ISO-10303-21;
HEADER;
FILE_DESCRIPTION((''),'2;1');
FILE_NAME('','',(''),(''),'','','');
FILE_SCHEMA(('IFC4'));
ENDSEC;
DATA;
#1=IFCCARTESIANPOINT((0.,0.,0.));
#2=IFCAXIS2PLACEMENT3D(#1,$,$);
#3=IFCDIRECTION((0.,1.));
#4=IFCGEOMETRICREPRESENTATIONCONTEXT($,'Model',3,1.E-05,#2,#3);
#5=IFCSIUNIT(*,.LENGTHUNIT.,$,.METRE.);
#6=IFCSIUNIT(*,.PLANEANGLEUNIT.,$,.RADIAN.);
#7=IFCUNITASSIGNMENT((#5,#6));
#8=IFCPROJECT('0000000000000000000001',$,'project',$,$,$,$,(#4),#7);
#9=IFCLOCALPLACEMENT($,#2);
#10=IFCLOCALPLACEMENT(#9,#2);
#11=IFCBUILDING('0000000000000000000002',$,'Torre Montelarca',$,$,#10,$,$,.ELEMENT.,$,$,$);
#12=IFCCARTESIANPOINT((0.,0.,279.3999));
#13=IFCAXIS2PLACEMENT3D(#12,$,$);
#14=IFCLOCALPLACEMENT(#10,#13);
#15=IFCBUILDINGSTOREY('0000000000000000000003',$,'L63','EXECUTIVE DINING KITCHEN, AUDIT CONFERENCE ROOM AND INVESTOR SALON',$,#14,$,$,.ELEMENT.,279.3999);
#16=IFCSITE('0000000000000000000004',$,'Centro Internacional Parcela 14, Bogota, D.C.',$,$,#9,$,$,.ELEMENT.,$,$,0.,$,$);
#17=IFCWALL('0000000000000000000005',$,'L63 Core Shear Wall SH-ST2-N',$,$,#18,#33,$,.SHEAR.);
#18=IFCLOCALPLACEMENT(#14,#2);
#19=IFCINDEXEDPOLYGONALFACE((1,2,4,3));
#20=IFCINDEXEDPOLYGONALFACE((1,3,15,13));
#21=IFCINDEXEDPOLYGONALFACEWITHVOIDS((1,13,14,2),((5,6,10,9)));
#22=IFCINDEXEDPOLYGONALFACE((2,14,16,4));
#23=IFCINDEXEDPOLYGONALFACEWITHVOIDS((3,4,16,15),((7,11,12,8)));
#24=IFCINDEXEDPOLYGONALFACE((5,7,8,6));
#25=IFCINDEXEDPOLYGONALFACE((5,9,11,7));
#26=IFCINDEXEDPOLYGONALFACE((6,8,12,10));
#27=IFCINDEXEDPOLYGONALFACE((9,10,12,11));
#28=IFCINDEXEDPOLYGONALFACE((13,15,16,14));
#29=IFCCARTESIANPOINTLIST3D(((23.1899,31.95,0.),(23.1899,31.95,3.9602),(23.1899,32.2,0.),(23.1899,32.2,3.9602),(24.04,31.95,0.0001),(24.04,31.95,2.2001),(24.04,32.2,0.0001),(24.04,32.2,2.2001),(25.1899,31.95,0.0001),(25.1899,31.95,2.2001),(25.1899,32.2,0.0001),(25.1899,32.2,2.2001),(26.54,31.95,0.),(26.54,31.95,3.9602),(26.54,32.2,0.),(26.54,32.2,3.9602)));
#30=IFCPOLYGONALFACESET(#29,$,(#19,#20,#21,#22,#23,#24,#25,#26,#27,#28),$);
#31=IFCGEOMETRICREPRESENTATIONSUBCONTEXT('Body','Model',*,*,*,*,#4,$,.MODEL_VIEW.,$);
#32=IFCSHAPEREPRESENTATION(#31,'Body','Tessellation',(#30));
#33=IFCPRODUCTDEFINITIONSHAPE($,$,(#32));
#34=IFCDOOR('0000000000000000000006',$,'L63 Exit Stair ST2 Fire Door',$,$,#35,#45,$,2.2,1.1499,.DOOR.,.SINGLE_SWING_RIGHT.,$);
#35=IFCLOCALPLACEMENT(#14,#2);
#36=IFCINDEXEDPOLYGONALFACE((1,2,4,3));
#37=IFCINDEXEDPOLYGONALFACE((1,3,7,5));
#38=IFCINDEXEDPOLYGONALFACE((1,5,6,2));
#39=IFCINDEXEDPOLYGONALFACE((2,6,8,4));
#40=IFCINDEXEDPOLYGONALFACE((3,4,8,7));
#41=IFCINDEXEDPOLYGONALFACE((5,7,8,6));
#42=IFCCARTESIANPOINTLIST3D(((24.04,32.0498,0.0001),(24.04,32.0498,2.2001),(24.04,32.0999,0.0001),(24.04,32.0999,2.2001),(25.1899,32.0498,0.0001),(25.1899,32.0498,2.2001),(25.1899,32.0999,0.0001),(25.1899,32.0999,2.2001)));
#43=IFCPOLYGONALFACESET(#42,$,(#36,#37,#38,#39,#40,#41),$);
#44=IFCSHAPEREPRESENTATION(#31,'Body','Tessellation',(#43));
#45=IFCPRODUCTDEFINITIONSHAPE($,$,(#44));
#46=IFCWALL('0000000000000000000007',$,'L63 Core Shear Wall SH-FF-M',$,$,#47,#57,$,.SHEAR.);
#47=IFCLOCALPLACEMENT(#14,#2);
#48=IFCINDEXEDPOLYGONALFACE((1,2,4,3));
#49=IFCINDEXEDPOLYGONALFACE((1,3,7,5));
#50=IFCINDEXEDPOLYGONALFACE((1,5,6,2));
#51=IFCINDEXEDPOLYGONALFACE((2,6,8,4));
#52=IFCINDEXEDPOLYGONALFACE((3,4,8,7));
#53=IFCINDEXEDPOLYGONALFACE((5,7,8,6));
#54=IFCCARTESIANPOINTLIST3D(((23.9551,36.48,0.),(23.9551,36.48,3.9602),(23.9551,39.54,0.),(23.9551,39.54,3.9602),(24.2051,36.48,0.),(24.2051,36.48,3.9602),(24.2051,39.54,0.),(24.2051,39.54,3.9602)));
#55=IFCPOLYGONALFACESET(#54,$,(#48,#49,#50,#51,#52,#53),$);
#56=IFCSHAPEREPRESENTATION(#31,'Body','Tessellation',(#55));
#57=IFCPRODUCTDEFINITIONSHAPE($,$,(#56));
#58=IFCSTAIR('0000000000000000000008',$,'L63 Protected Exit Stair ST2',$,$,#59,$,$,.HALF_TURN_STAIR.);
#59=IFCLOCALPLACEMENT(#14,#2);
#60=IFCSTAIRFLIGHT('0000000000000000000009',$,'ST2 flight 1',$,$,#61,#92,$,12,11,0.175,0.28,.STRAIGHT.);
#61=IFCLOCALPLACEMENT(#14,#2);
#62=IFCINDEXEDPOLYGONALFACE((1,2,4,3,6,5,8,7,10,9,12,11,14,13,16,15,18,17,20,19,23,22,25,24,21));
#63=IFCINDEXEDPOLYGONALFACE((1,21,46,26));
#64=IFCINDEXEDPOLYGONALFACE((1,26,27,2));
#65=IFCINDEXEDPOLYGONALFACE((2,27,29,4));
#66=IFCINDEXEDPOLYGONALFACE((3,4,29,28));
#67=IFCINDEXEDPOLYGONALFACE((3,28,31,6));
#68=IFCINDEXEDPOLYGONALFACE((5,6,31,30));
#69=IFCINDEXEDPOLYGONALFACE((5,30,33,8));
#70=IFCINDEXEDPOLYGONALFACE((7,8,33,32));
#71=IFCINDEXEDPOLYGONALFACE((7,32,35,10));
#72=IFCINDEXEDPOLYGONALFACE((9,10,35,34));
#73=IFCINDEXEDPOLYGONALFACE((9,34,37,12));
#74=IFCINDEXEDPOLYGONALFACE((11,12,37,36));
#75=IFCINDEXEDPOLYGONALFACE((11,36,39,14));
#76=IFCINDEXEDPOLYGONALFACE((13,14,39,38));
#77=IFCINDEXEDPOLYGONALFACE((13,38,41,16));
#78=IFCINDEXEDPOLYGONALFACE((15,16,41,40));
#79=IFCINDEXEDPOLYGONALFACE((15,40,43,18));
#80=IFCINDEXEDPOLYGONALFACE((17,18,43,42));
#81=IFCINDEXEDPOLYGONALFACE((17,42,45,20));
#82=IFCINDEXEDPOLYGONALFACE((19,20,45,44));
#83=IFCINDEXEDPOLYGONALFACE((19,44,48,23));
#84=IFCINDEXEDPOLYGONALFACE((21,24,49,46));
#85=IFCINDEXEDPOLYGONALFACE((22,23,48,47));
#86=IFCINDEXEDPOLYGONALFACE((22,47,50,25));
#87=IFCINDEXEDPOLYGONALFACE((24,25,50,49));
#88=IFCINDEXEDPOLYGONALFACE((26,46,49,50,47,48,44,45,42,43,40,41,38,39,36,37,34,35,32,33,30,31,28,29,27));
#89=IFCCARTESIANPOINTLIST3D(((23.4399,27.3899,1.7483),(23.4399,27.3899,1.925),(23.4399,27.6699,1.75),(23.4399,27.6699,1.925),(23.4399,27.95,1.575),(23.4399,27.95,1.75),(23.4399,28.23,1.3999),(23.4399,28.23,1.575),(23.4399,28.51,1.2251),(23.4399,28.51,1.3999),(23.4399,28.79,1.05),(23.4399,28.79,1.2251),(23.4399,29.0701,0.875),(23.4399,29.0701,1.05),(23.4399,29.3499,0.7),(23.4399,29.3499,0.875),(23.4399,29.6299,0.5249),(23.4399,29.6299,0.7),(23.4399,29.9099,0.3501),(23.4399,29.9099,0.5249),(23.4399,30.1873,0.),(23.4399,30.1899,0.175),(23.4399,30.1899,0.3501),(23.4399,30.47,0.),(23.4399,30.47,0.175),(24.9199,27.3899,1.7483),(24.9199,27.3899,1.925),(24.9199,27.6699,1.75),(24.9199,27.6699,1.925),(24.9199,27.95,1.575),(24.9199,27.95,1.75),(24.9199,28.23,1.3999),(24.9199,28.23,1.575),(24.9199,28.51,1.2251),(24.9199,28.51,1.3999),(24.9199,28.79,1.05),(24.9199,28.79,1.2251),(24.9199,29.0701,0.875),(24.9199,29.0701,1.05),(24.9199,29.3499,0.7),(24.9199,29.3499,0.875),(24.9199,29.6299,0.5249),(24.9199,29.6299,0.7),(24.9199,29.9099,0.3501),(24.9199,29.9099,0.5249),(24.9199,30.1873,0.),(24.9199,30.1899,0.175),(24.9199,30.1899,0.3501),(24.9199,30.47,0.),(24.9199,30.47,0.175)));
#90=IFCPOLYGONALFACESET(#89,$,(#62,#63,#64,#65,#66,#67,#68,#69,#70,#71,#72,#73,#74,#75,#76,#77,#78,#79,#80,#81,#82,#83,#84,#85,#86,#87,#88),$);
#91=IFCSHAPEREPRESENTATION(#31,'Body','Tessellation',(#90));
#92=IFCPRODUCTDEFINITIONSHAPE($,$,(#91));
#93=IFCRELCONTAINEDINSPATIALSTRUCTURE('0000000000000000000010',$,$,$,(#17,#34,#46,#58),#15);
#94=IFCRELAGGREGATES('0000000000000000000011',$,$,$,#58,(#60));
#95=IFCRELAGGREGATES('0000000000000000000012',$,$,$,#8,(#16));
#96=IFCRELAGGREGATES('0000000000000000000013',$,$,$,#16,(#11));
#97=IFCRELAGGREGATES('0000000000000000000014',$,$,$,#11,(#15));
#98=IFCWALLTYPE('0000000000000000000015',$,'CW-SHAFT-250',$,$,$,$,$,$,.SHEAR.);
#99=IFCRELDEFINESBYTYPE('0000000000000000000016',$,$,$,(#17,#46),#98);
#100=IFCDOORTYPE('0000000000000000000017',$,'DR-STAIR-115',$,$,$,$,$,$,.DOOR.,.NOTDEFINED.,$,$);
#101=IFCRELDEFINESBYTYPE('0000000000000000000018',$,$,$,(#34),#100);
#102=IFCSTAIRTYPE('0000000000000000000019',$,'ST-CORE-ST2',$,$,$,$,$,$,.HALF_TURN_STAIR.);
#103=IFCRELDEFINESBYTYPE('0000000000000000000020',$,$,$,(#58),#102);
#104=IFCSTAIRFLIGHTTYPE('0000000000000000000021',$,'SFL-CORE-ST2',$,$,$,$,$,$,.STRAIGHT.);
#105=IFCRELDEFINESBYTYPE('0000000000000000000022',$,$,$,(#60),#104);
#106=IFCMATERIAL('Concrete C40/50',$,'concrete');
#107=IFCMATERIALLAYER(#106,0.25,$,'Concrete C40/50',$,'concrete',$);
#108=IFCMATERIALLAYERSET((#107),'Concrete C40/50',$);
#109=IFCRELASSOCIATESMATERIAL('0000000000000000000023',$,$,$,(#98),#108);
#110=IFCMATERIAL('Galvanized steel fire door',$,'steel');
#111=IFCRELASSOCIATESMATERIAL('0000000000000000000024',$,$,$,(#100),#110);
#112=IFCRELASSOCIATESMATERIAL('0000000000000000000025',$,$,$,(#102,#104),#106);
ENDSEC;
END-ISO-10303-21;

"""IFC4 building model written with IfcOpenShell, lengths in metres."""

from ifc_helpers import new_model, si_unit, direction, frame, frame_2d, origin, place, context, subcontext, project, spatial, polyline, rectangle, outline, extrude, source, transform, mapped, material, layer, layer_set, type_object, element, fill, aggregate, save


model = new_model("IFC4")

# Units and contexts
model_context = context("Model", 3, precision=1e-05, world=origin(), true_north=direction((0.0, 1.0)))
body_context = subcontext(model_context, "Body", "Model", "MODEL_VIEW")
ifc_project = project(units=[si_unit("LENGTHUNIT", "METRE"), si_unit("PLANEANGLEUNIT", "RADIAN")], contexts=[model_context])

# Site, building, storey
site_placement = place(None, origin())
site = spatial("IfcSite", under=ifc_project, at=site_placement, Name="Centro Internacional Parcela 14, Bogota, D.C.", CompositionType="ELEMENT", RefElevation=0.0)
building_placement = place(site_placement, origin())
building = spatial("IfcBuilding", under=site, at=building_placement, Name="Torre Montelarca", CompositionType="ELEMENT")
storey_placement = place(building_placement, frame((0.0, 0.0, 279.3999)))
storey = spatial("IfcBuildingStorey", under=building, at=storey_placement, Name="L63", Description="EXECUTIVE DINING KITCHEN, AUDIT CONFERENCE ROOM AND INVESTOR SALON", CompositionType="ELEMENT", Elevation=279.3999)

# Wall, opening, door
ifc_material_1 = material(Name="Concrete C40/50", Category="concrete")
ifc_layer_1 = layer(ifc_material_1, 0.25, Name="Concrete C40/50", Category="concrete")
ifc_layer_set_1 = layer_set([ifc_layer_1], Name="Concrete C40/50")
wall_type = type_object("IfcWallType", Name="CW-SHAFT-250", PredefinedType="SHEAR", material=ifc_layer_set_1)
wall_1_placement = place(storey_placement, frame((23.1899, 32.075, 0.0), z_axis=(0.0, 0.0, 1.0), x_axis=(1.0, 0.0, 0.0)))
wall_1 = element("IfcWall", 1, at=wall_1_placement, inside=storey, type_object=wall_type, Name="L63 Core Shear Wall SH-ST2-N", PredefinedType="SHEAR", context=body_context, shape_type="SweptSolid", body=[
    extrude(rectangle(XDim=3.3501, YDim=0.25, at=frame_2d((1.675, 0.0))), origin(), (0.0, 0.0, 1.0), 3.9602),
])
opening_placement = place(wall_1_placement, frame((0.8501, 0.0, 0.0)))
opening = element("IfcOpeningElement", 2, at=opening_placement, cuts=wall_1, PredefinedType="OPENING", context=body_context, shape_type="SweptSolid", body=[
    extrude(rectangle(XDim=1.1499, YDim=2.2, at=frame_2d((0.575, 1.1001))), frame((0.0, 0.135, 0.0), z_axis=(0.0, -1.0, 0.0), x_axis=(1.0, 0.0, 0.0)), (0.0, 0.0, 1.0), 0.27),
])
ifc_material_2 = material(Name="Galvanized steel fire door", Category="steel")
door_type = type_object("IfcDoorType", Name="DR-STAIR-115", OperationType="NOTDEFINED", PredefinedType="DOOR", material=ifc_material_2)
shared_shape_1 = source(origin(), body_context, "Body", "SweptSolid", [
    extrude(rectangle(XDim=1.1499, YDim=2.2, at=frame_2d((0.575, 1.1001))), frame((0.0, 0.0249, 0.0), z_axis=(0.0, -1.0, 0.0), x_axis=(1.0, 0.0, 0.0)), (0.0, 0.0, 1.0), 0.05),
])
door_placement = place(opening_placement, origin())
door = element("IfcDoor", 3, at=door_placement, inside=storey, type_object=door_type, Name="L63 Exit Stair ST2 Fire Door", OperationType="SINGLE_SWING_RIGHT", OverallHeight=2.2, OverallWidth=1.1499, PredefinedType="DOOR", context=body_context, shape_type="MappedRepresentation", body=[
    mapped(shared_shape_1, transform((0.0, 0.0, 0.0), scale=1.0)),
])
fill(opening, door)

# Wall
wall_2_placement = place(storey_placement, frame((24.0801, 36.48, 0.0), z_axis=(0.0, 0.0, 1.0), x_axis=(0.0, 1.0, 0.0)))
element("IfcWall", 4, at=wall_2_placement, inside=storey, type_object=wall_type, Name="L63 Core Shear Wall SH-FF-M", PredefinedType="SHEAR", context=body_context, shape_type="SweptSolid", body=[
    extrude(rectangle(XDim=3.0601, YDim=0.25, at=frame_2d((1.53, 0.0))), origin(), (0.0, 0.0, 1.0), 3.9602),
])

# Stair, stair flight
stair_type = type_object("IfcStairType", Name="ST-CORE-ST2", PredefinedType="HALF_TURN_STAIR", material=ifc_material_1)
stair_placement = place(storey_placement, origin())
stair = element("IfcStair", 5, at=stair_placement, inside=storey, type_object=stair_type, Name="L63 Protected Exit Stair ST2", PredefinedType="HALF_TURN_STAIR")
stair_flight_type = type_object("IfcStairFlightType", Name="SFL-CORE-ST2", PredefinedType="STRAIGHT", material=ifc_material_1)
stair_flight_placement = place(storey_placement, frame((24.1799, 30.47, 0.0), z_axis=(0.0, 0.0, 1.0), x_axis=(0.0, -1.0, 0.0)))
stair_flight = element("IfcStairFlight", 6, at=stair_flight_placement, type_object=stair_flight_type, Name="ST2 flight 1", NumberOfRisers=12, NumberOfTreads=11, PredefinedType="STRAIGHT", RiserHeight=0.175, TreadLength=0.28, context=body_context, shape_type="SweptSolid", body=[
    extrude(outline(polyline([(0.0, 0.0), (0.0, 0.175), (0.28, 0.175), (0.28, 0.3501), (0.5601, 0.3501), (0.5601, 0.5249), (0.8401, 0.5249), (0.8401, 0.7), (1.1201, 0.7), (1.1201, 0.875), (1.3999, 0.875), (1.3999, 1.05), (1.6799, 1.05), (1.6799, 1.2251), (1.96, 1.2251), (1.96, 1.3999), (2.24, 1.3999), (2.24, 1.575), (2.52, 1.575), (2.52, 1.75), (2.8, 1.75), (2.8, 1.925), (3.0801, 1.925), (3.0801, 2.1001), (3.0801, 1.7483), (0.2827, 0.0), (0.0, 0.0)])), frame((0.0, 0.74, 0.0), z_axis=(0.0, -1.0, 0.0), x_axis=(1.0, 0.0, 0.0)), (0.0, 0.0, 1.0), 1.48),
])
aggregate(stair, [stair_flight])

save(model, "model.ifc")
